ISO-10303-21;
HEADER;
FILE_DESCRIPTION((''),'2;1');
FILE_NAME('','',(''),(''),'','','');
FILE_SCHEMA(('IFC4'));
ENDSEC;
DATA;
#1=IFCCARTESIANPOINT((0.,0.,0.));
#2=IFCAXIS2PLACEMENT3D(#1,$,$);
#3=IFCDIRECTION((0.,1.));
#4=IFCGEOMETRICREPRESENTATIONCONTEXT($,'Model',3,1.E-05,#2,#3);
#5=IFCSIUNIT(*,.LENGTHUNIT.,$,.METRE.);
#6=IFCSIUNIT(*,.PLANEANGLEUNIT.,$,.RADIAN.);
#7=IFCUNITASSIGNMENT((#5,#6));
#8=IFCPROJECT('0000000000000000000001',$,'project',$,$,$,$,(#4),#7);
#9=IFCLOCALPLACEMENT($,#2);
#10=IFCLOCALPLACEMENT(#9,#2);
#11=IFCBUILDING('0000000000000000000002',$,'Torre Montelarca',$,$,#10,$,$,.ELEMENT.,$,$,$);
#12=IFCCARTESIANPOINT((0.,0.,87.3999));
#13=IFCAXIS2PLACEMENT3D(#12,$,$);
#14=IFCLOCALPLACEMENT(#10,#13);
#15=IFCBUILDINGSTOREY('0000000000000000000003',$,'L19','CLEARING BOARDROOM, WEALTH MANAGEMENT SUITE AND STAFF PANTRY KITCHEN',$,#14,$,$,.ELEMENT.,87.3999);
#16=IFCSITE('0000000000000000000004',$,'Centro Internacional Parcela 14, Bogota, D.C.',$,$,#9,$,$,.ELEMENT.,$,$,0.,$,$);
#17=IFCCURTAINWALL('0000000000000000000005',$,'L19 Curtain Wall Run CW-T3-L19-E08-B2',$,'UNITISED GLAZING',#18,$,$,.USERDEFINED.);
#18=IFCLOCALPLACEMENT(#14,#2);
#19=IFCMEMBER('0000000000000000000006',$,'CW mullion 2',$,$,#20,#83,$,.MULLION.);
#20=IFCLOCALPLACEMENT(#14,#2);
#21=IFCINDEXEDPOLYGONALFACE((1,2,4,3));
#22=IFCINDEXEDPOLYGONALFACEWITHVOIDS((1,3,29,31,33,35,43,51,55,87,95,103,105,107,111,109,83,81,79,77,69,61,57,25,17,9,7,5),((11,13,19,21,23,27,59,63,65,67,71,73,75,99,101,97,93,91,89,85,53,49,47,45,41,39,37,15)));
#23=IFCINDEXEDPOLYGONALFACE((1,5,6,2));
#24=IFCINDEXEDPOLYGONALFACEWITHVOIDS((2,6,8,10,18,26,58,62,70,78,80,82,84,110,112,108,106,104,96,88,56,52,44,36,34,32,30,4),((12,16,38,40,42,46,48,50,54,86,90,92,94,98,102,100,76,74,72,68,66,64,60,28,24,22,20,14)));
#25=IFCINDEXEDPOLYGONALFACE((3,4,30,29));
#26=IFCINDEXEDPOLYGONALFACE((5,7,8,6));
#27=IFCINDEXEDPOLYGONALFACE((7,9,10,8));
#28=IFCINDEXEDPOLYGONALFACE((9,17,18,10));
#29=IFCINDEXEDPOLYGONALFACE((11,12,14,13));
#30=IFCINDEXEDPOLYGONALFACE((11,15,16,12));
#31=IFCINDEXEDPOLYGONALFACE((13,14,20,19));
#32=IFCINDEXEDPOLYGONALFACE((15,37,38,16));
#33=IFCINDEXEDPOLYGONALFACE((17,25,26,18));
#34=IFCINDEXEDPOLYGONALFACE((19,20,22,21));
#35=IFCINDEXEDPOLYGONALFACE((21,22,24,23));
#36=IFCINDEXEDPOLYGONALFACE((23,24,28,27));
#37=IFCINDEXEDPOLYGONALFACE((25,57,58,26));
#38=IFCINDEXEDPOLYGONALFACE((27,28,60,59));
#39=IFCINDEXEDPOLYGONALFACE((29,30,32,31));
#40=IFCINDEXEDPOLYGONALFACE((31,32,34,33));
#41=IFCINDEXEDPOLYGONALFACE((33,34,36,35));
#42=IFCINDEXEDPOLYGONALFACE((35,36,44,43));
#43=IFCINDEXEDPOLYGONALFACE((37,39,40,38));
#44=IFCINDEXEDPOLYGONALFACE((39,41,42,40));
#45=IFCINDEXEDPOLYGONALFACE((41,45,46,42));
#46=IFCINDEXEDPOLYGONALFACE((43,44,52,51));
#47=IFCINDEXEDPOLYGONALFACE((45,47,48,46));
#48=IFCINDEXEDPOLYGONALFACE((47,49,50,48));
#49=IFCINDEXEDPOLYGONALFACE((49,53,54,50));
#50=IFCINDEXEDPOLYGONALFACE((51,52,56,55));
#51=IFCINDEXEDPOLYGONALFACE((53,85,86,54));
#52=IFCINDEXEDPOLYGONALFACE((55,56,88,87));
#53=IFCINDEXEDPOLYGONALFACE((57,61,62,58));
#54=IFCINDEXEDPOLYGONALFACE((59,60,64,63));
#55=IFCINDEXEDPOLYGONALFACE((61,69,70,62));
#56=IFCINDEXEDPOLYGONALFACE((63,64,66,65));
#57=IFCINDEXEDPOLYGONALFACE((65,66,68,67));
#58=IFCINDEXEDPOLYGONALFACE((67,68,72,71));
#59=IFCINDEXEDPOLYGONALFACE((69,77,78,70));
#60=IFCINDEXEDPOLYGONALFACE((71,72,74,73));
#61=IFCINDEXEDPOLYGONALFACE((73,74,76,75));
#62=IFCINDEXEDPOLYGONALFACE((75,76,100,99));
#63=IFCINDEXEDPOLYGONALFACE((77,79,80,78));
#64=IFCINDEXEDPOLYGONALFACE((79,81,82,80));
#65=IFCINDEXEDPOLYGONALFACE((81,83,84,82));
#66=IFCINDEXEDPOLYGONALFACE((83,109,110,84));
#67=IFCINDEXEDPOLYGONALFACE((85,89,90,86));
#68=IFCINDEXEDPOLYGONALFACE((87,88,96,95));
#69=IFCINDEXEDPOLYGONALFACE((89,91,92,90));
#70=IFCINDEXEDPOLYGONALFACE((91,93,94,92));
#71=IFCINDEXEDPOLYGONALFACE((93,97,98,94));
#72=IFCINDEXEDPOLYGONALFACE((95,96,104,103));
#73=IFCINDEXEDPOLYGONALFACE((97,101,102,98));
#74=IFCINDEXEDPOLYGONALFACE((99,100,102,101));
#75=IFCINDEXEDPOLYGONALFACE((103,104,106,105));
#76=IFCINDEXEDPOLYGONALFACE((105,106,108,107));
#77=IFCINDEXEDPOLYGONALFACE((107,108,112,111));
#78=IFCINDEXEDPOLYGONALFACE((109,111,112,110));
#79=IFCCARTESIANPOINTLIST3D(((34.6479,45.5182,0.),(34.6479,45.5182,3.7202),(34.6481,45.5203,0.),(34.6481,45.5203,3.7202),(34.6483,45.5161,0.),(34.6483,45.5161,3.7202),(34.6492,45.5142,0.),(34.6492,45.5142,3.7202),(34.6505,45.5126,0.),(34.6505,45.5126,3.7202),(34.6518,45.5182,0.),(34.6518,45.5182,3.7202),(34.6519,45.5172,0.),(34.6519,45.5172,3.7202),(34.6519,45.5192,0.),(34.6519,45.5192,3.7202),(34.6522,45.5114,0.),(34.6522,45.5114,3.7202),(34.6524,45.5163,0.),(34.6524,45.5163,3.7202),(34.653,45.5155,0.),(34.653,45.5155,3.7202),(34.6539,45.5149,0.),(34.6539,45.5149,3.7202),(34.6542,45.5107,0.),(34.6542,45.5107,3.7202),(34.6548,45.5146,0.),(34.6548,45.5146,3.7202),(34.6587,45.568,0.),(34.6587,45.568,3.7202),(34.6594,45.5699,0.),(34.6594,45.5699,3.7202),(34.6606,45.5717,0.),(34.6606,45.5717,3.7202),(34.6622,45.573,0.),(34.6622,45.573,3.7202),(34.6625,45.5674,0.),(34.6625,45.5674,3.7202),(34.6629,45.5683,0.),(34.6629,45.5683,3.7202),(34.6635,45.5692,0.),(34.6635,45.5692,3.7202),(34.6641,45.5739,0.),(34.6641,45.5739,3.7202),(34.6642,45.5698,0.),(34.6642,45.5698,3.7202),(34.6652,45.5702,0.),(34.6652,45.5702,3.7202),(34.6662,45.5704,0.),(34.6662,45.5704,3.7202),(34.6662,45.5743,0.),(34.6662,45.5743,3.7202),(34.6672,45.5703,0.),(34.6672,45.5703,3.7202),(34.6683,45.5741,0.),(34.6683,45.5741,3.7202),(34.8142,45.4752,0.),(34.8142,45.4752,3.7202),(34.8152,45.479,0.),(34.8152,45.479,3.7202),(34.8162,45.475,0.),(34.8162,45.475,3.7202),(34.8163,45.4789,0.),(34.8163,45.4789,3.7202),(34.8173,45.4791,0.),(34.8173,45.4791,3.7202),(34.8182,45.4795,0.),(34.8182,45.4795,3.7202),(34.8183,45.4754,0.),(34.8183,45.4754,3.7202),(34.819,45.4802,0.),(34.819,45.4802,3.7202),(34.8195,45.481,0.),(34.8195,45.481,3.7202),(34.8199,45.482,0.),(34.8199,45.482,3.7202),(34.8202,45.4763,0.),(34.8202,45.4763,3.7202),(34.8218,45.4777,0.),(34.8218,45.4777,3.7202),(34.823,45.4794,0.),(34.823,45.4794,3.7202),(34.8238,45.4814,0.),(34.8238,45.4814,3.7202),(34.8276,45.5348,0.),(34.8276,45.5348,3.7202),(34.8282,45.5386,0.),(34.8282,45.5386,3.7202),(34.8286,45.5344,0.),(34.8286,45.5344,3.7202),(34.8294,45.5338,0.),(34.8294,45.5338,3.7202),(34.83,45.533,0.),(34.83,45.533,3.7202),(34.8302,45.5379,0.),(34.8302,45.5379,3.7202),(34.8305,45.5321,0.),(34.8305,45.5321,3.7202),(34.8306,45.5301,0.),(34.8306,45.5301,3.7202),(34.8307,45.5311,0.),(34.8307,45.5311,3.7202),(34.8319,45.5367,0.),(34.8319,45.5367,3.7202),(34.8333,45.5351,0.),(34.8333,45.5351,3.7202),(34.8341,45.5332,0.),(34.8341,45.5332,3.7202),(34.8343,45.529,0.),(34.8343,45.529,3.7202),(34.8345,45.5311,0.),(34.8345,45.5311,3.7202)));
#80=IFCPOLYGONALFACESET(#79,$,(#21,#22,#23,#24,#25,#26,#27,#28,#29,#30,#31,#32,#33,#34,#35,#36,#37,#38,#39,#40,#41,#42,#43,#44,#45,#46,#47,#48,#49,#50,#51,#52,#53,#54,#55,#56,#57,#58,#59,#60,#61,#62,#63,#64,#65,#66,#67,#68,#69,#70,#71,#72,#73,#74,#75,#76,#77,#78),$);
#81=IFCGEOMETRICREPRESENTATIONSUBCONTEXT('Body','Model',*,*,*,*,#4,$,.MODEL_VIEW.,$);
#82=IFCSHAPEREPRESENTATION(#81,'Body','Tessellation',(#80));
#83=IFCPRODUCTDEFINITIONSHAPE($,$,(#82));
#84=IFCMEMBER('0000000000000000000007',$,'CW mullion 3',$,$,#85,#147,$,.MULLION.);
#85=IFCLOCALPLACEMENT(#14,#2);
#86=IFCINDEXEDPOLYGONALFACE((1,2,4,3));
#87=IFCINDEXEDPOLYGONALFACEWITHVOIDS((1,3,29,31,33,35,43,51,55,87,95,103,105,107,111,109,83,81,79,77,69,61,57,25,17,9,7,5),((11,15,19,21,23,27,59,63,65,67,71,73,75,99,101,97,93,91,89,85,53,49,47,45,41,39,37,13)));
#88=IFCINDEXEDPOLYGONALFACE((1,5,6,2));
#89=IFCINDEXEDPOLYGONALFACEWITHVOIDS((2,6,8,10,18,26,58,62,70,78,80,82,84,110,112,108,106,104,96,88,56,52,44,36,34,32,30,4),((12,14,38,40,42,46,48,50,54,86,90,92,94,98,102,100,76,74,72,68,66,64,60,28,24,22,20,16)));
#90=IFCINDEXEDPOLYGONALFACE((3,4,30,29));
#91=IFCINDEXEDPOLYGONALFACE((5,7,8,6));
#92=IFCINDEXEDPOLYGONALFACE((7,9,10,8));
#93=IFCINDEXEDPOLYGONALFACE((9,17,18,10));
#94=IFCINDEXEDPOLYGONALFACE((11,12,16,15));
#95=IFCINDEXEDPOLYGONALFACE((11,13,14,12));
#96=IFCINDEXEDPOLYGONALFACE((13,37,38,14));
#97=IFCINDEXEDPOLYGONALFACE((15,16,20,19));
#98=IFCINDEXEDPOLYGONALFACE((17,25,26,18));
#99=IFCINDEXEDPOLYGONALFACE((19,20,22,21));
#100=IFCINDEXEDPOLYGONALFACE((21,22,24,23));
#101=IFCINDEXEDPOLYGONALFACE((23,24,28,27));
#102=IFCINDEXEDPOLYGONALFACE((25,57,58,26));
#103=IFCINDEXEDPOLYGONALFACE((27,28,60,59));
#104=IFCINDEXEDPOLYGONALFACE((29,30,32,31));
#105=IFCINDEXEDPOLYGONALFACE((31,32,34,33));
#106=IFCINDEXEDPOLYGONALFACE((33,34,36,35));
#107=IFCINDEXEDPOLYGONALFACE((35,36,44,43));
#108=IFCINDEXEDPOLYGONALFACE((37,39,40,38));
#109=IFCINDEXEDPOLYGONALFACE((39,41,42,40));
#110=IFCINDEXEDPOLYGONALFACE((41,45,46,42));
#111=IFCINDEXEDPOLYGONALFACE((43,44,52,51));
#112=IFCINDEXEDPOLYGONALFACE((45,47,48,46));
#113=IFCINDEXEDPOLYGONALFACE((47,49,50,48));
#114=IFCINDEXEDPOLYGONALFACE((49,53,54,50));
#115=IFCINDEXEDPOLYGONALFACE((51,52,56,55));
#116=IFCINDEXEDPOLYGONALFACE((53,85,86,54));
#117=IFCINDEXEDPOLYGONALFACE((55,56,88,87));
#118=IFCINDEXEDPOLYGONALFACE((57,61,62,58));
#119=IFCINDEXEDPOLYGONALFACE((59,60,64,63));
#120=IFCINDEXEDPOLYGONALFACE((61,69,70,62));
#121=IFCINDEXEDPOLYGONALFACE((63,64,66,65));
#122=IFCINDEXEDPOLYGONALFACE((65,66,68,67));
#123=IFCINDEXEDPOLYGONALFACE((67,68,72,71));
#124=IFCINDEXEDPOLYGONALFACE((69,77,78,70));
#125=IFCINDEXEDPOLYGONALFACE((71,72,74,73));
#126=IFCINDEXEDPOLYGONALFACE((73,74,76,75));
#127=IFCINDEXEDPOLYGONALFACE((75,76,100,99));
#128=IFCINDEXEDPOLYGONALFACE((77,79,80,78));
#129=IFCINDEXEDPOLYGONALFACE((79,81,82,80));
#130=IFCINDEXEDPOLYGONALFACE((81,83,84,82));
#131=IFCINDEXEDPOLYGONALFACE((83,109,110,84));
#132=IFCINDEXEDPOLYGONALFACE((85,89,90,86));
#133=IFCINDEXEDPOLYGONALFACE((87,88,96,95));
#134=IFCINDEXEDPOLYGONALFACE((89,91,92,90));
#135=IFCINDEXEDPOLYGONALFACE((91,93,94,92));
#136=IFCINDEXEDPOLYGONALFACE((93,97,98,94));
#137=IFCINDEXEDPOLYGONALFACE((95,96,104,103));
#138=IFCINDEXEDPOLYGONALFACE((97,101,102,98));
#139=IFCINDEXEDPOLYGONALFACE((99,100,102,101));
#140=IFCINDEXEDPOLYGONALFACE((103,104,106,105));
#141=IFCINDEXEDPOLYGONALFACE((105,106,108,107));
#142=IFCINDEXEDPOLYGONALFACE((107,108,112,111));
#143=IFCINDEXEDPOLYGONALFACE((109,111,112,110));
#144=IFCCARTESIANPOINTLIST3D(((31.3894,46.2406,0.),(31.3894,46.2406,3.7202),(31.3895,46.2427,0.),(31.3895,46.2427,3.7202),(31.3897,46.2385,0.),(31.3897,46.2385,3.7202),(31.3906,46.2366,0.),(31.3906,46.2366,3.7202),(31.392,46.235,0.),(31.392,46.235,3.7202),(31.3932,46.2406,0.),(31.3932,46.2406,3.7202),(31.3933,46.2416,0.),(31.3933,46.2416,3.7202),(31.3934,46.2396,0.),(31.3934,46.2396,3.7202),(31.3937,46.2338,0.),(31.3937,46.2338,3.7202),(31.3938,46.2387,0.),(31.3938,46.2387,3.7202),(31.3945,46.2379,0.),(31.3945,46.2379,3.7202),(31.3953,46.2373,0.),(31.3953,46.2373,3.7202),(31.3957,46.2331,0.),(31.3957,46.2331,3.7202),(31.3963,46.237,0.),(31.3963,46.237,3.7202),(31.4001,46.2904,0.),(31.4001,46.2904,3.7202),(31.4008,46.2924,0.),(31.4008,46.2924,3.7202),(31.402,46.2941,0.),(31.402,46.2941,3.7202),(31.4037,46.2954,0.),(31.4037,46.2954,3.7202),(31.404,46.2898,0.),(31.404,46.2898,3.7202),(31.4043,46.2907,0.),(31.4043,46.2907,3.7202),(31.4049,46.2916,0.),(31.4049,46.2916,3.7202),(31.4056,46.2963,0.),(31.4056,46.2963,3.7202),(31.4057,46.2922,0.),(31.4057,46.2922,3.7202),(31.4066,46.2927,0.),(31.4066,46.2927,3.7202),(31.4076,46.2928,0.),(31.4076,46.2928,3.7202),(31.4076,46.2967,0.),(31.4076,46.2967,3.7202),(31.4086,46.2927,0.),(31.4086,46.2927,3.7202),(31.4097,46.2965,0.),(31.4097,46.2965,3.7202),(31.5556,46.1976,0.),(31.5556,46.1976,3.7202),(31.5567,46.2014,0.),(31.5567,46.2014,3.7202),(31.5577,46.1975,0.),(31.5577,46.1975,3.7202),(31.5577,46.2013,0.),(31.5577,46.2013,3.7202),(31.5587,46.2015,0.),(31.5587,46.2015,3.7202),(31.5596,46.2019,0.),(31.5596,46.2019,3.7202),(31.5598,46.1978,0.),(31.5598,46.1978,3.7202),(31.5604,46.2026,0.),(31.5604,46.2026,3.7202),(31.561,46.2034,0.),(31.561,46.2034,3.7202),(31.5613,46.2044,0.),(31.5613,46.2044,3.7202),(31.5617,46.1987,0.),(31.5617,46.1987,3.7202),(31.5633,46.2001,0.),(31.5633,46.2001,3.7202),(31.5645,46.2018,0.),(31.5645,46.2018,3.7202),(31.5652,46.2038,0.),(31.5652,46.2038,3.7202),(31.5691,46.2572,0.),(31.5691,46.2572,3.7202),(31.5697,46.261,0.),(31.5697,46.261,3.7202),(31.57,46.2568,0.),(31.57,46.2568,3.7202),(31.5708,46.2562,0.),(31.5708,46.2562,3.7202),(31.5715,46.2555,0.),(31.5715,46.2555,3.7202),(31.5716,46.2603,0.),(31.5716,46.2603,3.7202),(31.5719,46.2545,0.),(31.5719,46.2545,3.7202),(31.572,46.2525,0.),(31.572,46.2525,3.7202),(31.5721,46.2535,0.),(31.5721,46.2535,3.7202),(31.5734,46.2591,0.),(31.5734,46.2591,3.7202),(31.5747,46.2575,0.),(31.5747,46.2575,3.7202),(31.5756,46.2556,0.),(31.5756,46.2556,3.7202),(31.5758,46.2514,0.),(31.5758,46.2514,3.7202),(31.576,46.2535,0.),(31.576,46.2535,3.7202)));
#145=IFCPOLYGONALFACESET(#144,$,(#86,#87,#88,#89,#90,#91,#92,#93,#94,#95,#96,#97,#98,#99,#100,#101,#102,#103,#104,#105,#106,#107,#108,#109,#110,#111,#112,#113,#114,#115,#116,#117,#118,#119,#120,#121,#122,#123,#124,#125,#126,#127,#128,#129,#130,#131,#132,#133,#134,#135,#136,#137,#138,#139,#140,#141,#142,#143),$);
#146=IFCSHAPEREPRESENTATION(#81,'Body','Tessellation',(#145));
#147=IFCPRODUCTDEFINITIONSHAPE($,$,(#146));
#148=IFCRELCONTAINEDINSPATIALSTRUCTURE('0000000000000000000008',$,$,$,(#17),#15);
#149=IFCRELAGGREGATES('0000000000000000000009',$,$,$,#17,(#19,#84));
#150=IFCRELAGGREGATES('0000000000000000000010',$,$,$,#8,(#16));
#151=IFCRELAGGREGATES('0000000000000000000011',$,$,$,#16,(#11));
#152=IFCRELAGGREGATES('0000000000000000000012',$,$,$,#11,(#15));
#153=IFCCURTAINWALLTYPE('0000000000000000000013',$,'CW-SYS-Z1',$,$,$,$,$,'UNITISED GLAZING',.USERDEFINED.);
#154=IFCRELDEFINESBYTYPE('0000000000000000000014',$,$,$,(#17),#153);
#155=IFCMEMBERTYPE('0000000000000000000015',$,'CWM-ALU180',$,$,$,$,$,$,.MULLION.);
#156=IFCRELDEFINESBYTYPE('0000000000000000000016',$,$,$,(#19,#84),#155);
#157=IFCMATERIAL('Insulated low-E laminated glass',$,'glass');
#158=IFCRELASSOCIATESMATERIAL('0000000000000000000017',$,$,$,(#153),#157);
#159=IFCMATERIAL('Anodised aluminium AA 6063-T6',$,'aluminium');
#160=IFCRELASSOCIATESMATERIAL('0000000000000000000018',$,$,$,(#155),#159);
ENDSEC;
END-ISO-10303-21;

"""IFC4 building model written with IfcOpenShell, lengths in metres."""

from ifc_helpers import new_model, si_unit, direction, frame, origin, origin_2d, place, context, subcontext, project, spatial, hollow_rectangle, extrude, source, transform, mapped, material, material_profile, profile_set, type_object, element, aggregate, save


model = new_model("IFC4")

# Units and contexts
model_context = context("Model", 3, precision=1e-05, world=origin(), true_north=direction((0.0, 1.0)))
body_context = subcontext(model_context, "Body", "Model", "MODEL_VIEW")
ifc_project = project(units=[si_unit("LENGTHUNIT", "METRE"), si_unit("PLANEANGLEUNIT", "RADIAN")], contexts=[model_context])

# Site, building, storey
site_placement = place(None, origin())
site = spatial("IfcSite", under=ifc_project, at=site_placement, Name="Centro Internacional Parcela 14, Bogota, D.C.", CompositionType="ELEMENT", RefElevation=0.0)
building_placement = place(site_placement, origin())
building = spatial("IfcBuilding", under=site, at=building_placement, Name="Torre Montelarca", CompositionType="ELEMENT")
storey_placement = place(building_placement, frame((0.0, 0.0, 87.3999)))
storey = spatial("IfcBuildingStorey", under=building, at=storey_placement, Name="L19", Description="CLEARING BOARDROOM, WEALTH MANAGEMENT SUITE AND STAFF PANTRY KITCHEN", CompositionType="ELEMENT", Elevation=87.3999)

# Curtain wall
ifc_material_1 = material(Name="Insulated low-E laminated glass", Category="glass")
curtain_wall_type = type_object("IfcCurtainWallType", Name="CW-SYS-Z1", ElementType="UNITISED GLAZING", PredefinedType="USERDEFINED", material=ifc_material_1)
curtain_wall_1_placement = place(storey_placement, origin())
curtain_wall_1 = element("IfcCurtainWall", 1, at=curtain_wall_1_placement, inside=storey, type_object=curtain_wall_type, Name="L19 Curtain Wall Run CW-T3-L19-E08-B2", ObjectType="UNITISED GLAZING", PredefinedType="USERDEFINED")
ifc_material_2 = material(Name="Anodised aluminium AA 6063-T6", Category="aluminium")

# Members
ifc_material_profile_1 = material_profile(ifc_material_2, hollow_rectangle(XDim=0.0649, YDim=0.1799, WallThickness=0.0039, InnerFilletRadius=0.0039, OuterFilletRadius=0.0081, at=origin_2d()), Name="ALU65X180X4", Category="aluminium")
ifc_profile_set_1 = profile_set([ifc_material_profile_1], Name="Anodised aluminium AA 6063-T6")
member_type_1 = type_object("IfcMemberType", Name="CWM-ALU180", PredefinedType="MULLION", material=ifc_profile_set_1)
shared_shape_1 = source(origin(), body_context, "Body", "SweptSolid", [
    extrude(hollow_rectangle(XDim=0.0649, YDim=0.1799, WallThickness=0.0039, InnerFilletRadius=0.0039, OuterFilletRadius=0.0081, at=origin_2d()), origin(), (0.0, 0.0, 1.0), 3.7202),
])
member_1_placement = place(storey_placement, frame((34.7412, 45.5247, 0.0), z_axis=(0.0, 0.0, 1.0), x_axis=(-0.216437, -0.976297, 0.0)))
member_1 = element("IfcMember", 2, at=member_1_placement, type_object=member_type_1, Name="CW mullion 2", PredefinedType="MULLION", context=body_context, shape_type="MappedRepresentation", body=[
    mapped(shared_shape_1, transform((0.0, 0.0, 0.0), scale=1.0)),
])
member_2_placement = place(storey_placement, frame((31.4827, 46.2471, 0.0), z_axis=(0.0, 0.0, 1.0), x_axis=(-0.216437, -0.976297, 0.0)))
member_2 = element("IfcMember", 3, at=member_2_placement, type_object=member_type_1, Name="CW mullion 3", PredefinedType="MULLION", context=body_context, shape_type="MappedRepresentation", body=[
    mapped(shared_shape_1, transform((0.0, 0.0, 0.0), scale=1.0)),
])

aggregate(curtain_wall_1, [member_1, member_2])

save(model, "model.ifc")
